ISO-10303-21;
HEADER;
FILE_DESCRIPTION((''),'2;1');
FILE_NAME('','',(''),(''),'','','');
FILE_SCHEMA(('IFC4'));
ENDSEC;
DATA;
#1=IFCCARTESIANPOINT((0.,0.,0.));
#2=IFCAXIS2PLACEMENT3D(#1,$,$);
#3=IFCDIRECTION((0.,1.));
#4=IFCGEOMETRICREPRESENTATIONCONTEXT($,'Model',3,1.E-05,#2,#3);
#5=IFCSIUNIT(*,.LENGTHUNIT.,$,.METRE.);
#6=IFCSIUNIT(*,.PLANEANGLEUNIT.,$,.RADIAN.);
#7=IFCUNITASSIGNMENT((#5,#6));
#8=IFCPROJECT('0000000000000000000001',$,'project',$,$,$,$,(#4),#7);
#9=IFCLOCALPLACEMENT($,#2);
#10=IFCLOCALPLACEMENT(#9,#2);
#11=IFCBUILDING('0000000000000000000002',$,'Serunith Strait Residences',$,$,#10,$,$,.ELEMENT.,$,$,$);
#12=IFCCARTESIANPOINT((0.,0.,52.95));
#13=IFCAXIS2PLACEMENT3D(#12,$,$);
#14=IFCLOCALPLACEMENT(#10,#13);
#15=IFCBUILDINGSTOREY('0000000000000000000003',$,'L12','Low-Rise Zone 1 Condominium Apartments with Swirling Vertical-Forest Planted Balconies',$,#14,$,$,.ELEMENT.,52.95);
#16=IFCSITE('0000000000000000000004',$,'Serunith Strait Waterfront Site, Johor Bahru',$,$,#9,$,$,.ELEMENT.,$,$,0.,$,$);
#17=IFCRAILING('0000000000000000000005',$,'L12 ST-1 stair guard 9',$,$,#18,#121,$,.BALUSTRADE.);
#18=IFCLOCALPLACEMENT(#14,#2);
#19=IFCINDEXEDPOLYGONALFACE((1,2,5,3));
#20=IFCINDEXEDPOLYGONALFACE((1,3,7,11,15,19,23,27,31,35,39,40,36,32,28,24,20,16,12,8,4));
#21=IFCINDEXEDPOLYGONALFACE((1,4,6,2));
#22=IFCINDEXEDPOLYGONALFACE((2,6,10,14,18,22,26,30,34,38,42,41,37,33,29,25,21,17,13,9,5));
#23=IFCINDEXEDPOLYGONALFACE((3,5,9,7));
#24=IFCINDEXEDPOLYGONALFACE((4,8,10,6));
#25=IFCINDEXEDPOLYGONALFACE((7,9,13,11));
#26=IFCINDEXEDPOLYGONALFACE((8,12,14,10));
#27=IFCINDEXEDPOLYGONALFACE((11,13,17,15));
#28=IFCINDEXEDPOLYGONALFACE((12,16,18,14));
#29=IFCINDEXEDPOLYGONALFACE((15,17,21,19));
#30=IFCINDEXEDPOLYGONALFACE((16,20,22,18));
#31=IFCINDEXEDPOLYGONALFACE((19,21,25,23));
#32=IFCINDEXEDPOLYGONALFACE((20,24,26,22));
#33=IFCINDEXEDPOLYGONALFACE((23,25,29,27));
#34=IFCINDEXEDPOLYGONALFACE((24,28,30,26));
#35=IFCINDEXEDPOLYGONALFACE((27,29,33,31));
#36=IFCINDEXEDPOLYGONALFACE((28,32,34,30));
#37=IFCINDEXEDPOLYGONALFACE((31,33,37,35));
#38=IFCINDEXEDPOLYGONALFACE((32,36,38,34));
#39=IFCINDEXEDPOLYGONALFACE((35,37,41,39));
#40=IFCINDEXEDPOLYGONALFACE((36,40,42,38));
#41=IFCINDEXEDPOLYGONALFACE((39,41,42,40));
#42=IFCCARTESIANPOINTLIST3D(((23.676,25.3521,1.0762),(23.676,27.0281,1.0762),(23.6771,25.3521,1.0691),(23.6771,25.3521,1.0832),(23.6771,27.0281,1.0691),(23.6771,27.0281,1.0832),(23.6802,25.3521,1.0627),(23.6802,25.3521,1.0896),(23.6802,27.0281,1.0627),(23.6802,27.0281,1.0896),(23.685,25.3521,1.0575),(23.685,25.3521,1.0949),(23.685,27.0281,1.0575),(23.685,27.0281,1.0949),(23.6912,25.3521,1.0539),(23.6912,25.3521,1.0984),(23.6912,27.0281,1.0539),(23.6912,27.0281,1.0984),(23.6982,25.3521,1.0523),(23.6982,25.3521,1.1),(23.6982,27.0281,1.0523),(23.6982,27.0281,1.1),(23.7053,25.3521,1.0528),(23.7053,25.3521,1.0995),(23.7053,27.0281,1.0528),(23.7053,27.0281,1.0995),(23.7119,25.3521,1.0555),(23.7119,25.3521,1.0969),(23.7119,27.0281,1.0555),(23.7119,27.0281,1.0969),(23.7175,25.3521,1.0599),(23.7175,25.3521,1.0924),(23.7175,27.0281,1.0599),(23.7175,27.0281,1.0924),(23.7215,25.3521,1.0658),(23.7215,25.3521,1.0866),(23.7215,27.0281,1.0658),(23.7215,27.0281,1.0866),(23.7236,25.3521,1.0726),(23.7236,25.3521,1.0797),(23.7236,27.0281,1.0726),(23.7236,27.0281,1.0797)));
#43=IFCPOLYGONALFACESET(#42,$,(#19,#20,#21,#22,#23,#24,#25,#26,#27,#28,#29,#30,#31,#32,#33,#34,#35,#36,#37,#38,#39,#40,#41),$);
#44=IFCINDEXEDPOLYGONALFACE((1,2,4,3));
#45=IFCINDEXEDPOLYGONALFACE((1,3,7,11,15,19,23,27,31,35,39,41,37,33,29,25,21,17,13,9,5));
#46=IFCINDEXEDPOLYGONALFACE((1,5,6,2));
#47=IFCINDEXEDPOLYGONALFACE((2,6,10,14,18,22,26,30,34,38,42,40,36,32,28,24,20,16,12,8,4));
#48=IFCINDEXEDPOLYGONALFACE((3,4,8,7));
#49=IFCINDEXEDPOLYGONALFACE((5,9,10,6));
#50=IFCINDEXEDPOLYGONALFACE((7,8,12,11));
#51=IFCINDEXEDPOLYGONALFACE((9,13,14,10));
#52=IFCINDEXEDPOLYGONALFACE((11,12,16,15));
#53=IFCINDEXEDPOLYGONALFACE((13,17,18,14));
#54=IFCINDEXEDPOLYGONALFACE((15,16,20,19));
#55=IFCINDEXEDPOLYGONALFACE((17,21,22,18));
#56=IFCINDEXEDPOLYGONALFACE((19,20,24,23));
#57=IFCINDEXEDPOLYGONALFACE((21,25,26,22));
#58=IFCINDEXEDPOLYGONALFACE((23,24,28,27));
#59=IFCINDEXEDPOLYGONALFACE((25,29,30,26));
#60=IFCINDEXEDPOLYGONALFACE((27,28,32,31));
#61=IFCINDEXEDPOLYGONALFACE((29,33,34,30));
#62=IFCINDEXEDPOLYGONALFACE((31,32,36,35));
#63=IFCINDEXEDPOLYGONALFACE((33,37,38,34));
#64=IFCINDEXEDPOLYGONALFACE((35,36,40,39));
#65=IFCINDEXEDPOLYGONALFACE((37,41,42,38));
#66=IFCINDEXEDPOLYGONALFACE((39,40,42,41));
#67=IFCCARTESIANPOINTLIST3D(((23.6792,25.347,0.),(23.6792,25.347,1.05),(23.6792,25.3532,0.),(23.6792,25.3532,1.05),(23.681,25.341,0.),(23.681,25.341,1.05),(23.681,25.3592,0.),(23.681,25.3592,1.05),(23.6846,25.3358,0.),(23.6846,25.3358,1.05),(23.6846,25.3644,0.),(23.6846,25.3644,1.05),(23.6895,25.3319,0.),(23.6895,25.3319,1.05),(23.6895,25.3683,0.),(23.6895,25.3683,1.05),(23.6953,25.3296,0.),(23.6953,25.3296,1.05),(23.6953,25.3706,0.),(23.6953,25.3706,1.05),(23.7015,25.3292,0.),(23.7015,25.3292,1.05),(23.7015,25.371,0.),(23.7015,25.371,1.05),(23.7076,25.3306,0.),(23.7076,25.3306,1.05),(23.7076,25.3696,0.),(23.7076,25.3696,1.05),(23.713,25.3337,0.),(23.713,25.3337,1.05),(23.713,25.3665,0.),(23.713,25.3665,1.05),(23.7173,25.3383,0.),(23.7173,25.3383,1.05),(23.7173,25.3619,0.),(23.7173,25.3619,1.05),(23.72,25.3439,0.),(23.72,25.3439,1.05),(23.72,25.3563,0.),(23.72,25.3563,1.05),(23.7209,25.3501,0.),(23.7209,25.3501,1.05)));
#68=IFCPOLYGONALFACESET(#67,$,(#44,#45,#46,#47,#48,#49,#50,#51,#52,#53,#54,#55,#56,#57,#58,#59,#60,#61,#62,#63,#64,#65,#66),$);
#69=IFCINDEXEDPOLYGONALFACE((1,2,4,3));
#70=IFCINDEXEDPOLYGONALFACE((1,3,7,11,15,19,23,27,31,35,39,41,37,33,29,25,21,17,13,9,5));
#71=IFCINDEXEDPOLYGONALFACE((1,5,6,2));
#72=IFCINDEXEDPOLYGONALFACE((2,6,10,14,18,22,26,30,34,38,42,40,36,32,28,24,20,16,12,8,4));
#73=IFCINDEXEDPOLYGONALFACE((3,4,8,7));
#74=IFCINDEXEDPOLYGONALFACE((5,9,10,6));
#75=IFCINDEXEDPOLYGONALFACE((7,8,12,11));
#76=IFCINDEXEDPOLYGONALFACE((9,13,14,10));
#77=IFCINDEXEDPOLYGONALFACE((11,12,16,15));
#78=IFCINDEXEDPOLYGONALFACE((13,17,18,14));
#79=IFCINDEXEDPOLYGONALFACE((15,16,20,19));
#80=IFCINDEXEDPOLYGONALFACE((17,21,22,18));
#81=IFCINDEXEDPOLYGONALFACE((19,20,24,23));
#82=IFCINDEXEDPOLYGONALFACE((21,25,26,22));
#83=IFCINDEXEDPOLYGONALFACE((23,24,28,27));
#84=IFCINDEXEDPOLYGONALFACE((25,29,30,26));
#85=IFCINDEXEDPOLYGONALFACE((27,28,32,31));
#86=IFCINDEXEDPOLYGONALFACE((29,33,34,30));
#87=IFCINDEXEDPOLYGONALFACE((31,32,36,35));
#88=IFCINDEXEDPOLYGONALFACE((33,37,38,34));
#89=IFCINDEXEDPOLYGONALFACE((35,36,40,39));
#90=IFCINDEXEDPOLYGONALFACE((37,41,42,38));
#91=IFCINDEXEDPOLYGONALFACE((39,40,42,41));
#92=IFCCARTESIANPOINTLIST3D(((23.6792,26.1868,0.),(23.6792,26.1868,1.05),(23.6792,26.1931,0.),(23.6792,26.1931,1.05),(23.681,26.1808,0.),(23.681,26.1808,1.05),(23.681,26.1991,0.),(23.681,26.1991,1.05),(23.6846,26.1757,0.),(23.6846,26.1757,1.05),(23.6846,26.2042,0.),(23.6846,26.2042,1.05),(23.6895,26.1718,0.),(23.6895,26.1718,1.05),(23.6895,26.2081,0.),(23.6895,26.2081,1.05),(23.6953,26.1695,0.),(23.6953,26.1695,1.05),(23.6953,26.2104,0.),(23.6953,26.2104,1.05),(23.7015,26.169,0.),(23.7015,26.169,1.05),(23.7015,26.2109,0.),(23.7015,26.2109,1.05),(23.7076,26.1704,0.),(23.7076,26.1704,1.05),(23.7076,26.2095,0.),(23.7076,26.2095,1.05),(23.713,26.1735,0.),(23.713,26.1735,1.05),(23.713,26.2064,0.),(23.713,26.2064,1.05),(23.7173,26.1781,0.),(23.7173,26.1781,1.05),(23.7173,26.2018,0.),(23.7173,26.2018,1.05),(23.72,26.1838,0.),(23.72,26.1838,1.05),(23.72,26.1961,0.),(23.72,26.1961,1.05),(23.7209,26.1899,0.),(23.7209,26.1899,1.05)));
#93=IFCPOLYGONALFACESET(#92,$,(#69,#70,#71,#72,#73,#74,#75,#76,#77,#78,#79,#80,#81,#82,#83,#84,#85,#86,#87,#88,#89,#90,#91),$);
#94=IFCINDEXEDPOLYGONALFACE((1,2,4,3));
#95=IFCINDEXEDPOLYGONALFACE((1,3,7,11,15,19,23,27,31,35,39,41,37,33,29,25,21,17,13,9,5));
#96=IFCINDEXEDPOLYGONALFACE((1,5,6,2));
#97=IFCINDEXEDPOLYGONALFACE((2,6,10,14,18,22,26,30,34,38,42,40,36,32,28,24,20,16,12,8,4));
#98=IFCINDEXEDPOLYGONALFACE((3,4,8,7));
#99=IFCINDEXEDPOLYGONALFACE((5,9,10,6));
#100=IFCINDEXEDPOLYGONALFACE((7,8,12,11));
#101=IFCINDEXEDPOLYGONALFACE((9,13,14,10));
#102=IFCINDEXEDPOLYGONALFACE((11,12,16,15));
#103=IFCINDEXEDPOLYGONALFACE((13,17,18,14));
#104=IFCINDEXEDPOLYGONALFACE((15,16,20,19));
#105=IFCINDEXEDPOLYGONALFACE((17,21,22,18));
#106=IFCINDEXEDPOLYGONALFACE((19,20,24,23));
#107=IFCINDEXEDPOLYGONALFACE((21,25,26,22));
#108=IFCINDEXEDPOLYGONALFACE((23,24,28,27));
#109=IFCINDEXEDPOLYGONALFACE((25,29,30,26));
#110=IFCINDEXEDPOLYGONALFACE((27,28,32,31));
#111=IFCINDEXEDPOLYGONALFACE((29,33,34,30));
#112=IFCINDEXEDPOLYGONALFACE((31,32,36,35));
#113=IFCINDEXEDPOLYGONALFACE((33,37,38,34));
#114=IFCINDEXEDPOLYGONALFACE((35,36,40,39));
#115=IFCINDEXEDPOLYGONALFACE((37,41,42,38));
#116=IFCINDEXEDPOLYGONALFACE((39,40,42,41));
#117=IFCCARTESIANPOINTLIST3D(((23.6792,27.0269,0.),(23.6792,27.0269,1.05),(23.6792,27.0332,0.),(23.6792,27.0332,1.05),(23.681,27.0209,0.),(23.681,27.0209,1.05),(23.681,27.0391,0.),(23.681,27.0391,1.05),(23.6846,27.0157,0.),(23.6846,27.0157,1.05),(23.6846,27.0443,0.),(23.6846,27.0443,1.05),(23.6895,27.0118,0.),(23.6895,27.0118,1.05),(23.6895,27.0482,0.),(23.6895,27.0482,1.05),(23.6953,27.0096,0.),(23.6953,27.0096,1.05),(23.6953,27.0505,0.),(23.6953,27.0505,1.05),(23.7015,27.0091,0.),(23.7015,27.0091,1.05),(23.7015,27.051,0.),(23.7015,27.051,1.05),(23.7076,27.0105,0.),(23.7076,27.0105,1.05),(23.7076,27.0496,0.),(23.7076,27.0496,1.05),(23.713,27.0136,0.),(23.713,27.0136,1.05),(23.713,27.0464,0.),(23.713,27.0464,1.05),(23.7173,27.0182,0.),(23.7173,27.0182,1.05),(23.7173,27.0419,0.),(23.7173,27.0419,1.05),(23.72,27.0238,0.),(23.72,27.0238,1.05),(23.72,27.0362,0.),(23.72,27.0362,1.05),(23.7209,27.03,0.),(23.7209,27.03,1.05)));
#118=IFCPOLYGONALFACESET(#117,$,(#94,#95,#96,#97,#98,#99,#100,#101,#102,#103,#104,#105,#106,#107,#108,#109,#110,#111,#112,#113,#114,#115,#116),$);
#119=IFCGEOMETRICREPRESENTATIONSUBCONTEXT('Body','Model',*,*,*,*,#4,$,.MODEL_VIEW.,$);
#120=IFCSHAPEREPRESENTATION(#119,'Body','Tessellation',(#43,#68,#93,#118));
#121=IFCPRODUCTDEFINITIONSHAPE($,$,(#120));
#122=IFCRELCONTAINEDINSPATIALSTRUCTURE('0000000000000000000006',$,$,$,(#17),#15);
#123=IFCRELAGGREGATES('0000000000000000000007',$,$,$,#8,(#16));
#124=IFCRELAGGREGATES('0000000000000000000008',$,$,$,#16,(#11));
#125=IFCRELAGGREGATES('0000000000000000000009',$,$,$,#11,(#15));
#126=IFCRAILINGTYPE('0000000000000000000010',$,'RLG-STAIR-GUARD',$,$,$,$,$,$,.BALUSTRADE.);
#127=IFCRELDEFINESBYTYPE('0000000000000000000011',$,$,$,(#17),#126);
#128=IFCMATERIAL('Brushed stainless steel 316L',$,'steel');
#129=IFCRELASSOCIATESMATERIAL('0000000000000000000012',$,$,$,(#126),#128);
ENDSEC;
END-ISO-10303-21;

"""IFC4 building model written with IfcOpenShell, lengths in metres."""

from ifc_helpers import new_model, si_unit, direction, frame, origin, origin_2d, place, context, subcontext, project, spatial, circle, extrude, material, type_object, element, save


model = new_model("IFC4")

# Units and contexts
model_context = context("Model", 3, precision=1e-05, world=origin(), true_north=direction((0.0, 1.0)))
body_context = subcontext(model_context, "Body", "Model", "MODEL_VIEW")
ifc_project = project(units=[si_unit("LENGTHUNIT", "METRE"), si_unit("PLANEANGLEUNIT", "RADIAN")], contexts=[model_context])

# Site, building, storey
site_placement = place(None, origin())
site = spatial("IfcSite", under=ifc_project, at=site_placement, Name="Serunith Strait Waterfront Site, Johor Bahru", CompositionType="ELEMENT", RefElevation=0.0)
building_placement = place(site_placement, origin())
building = spatial("IfcBuilding", under=site, at=building_placement, Name="Serunith Strait Residences", CompositionType="ELEMENT")
storey_placement = place(building_placement, frame((0.0, 0.0, 52.95)))
storey = spatial("IfcBuildingStorey", under=building, at=storey_placement, Name="L12", Description="Low-Rise Zone 1 Condominium Apartments with Swirling Vertical-Forest Planted Balconies", CompositionType="ELEMENT", Elevation=52.95)

# Railing
ifc_material_1 = material(Name="Brushed stainless steel 316L", Category="steel")
railing_type_1 = type_object("IfcRailingType", Name="RLG-STAIR-GUARD", PredefinedType="BALUSTRADE", material=ifc_material_1)
for number, where, name in (
    (1, (23.7, 25.3501, 0.0), "L12 ST-1 stair guard 9"),
):
    element("IfcRailing", number, at=place(storey_placement, frame(where)), inside=storey, type_object=railing_type_1, Name=name, PredefinedType="BALUSTRADE", context=body_context, shape_type="SweptSolid", body=[
        extrude(circle(Radius=0.0239, at=origin_2d()), frame((0.0, 0.002, 1.0762), z_axis=(0.0, 1.0, 0.0), x_axis=(-1.0, 0.0, 0.0)), (0.0, 0.0, 1.0), 1.676),
        extrude(circle(Radius=0.021, at=origin_2d()), origin(), (0.0, 0.0, 1.0), 1.05),
        extrude(circle(Radius=0.021, at=origin_2d()), frame((0.0, 0.8398, 0.0)), (0.0, 0.0, 1.0), 1.05),
        extrude(circle(Radius=0.021, at=origin_2d()), frame((0.0, 1.6799, 0.0)), (0.0, 0.0, 1.0), 1.05),
    ])

save(model, "model.ifc")
